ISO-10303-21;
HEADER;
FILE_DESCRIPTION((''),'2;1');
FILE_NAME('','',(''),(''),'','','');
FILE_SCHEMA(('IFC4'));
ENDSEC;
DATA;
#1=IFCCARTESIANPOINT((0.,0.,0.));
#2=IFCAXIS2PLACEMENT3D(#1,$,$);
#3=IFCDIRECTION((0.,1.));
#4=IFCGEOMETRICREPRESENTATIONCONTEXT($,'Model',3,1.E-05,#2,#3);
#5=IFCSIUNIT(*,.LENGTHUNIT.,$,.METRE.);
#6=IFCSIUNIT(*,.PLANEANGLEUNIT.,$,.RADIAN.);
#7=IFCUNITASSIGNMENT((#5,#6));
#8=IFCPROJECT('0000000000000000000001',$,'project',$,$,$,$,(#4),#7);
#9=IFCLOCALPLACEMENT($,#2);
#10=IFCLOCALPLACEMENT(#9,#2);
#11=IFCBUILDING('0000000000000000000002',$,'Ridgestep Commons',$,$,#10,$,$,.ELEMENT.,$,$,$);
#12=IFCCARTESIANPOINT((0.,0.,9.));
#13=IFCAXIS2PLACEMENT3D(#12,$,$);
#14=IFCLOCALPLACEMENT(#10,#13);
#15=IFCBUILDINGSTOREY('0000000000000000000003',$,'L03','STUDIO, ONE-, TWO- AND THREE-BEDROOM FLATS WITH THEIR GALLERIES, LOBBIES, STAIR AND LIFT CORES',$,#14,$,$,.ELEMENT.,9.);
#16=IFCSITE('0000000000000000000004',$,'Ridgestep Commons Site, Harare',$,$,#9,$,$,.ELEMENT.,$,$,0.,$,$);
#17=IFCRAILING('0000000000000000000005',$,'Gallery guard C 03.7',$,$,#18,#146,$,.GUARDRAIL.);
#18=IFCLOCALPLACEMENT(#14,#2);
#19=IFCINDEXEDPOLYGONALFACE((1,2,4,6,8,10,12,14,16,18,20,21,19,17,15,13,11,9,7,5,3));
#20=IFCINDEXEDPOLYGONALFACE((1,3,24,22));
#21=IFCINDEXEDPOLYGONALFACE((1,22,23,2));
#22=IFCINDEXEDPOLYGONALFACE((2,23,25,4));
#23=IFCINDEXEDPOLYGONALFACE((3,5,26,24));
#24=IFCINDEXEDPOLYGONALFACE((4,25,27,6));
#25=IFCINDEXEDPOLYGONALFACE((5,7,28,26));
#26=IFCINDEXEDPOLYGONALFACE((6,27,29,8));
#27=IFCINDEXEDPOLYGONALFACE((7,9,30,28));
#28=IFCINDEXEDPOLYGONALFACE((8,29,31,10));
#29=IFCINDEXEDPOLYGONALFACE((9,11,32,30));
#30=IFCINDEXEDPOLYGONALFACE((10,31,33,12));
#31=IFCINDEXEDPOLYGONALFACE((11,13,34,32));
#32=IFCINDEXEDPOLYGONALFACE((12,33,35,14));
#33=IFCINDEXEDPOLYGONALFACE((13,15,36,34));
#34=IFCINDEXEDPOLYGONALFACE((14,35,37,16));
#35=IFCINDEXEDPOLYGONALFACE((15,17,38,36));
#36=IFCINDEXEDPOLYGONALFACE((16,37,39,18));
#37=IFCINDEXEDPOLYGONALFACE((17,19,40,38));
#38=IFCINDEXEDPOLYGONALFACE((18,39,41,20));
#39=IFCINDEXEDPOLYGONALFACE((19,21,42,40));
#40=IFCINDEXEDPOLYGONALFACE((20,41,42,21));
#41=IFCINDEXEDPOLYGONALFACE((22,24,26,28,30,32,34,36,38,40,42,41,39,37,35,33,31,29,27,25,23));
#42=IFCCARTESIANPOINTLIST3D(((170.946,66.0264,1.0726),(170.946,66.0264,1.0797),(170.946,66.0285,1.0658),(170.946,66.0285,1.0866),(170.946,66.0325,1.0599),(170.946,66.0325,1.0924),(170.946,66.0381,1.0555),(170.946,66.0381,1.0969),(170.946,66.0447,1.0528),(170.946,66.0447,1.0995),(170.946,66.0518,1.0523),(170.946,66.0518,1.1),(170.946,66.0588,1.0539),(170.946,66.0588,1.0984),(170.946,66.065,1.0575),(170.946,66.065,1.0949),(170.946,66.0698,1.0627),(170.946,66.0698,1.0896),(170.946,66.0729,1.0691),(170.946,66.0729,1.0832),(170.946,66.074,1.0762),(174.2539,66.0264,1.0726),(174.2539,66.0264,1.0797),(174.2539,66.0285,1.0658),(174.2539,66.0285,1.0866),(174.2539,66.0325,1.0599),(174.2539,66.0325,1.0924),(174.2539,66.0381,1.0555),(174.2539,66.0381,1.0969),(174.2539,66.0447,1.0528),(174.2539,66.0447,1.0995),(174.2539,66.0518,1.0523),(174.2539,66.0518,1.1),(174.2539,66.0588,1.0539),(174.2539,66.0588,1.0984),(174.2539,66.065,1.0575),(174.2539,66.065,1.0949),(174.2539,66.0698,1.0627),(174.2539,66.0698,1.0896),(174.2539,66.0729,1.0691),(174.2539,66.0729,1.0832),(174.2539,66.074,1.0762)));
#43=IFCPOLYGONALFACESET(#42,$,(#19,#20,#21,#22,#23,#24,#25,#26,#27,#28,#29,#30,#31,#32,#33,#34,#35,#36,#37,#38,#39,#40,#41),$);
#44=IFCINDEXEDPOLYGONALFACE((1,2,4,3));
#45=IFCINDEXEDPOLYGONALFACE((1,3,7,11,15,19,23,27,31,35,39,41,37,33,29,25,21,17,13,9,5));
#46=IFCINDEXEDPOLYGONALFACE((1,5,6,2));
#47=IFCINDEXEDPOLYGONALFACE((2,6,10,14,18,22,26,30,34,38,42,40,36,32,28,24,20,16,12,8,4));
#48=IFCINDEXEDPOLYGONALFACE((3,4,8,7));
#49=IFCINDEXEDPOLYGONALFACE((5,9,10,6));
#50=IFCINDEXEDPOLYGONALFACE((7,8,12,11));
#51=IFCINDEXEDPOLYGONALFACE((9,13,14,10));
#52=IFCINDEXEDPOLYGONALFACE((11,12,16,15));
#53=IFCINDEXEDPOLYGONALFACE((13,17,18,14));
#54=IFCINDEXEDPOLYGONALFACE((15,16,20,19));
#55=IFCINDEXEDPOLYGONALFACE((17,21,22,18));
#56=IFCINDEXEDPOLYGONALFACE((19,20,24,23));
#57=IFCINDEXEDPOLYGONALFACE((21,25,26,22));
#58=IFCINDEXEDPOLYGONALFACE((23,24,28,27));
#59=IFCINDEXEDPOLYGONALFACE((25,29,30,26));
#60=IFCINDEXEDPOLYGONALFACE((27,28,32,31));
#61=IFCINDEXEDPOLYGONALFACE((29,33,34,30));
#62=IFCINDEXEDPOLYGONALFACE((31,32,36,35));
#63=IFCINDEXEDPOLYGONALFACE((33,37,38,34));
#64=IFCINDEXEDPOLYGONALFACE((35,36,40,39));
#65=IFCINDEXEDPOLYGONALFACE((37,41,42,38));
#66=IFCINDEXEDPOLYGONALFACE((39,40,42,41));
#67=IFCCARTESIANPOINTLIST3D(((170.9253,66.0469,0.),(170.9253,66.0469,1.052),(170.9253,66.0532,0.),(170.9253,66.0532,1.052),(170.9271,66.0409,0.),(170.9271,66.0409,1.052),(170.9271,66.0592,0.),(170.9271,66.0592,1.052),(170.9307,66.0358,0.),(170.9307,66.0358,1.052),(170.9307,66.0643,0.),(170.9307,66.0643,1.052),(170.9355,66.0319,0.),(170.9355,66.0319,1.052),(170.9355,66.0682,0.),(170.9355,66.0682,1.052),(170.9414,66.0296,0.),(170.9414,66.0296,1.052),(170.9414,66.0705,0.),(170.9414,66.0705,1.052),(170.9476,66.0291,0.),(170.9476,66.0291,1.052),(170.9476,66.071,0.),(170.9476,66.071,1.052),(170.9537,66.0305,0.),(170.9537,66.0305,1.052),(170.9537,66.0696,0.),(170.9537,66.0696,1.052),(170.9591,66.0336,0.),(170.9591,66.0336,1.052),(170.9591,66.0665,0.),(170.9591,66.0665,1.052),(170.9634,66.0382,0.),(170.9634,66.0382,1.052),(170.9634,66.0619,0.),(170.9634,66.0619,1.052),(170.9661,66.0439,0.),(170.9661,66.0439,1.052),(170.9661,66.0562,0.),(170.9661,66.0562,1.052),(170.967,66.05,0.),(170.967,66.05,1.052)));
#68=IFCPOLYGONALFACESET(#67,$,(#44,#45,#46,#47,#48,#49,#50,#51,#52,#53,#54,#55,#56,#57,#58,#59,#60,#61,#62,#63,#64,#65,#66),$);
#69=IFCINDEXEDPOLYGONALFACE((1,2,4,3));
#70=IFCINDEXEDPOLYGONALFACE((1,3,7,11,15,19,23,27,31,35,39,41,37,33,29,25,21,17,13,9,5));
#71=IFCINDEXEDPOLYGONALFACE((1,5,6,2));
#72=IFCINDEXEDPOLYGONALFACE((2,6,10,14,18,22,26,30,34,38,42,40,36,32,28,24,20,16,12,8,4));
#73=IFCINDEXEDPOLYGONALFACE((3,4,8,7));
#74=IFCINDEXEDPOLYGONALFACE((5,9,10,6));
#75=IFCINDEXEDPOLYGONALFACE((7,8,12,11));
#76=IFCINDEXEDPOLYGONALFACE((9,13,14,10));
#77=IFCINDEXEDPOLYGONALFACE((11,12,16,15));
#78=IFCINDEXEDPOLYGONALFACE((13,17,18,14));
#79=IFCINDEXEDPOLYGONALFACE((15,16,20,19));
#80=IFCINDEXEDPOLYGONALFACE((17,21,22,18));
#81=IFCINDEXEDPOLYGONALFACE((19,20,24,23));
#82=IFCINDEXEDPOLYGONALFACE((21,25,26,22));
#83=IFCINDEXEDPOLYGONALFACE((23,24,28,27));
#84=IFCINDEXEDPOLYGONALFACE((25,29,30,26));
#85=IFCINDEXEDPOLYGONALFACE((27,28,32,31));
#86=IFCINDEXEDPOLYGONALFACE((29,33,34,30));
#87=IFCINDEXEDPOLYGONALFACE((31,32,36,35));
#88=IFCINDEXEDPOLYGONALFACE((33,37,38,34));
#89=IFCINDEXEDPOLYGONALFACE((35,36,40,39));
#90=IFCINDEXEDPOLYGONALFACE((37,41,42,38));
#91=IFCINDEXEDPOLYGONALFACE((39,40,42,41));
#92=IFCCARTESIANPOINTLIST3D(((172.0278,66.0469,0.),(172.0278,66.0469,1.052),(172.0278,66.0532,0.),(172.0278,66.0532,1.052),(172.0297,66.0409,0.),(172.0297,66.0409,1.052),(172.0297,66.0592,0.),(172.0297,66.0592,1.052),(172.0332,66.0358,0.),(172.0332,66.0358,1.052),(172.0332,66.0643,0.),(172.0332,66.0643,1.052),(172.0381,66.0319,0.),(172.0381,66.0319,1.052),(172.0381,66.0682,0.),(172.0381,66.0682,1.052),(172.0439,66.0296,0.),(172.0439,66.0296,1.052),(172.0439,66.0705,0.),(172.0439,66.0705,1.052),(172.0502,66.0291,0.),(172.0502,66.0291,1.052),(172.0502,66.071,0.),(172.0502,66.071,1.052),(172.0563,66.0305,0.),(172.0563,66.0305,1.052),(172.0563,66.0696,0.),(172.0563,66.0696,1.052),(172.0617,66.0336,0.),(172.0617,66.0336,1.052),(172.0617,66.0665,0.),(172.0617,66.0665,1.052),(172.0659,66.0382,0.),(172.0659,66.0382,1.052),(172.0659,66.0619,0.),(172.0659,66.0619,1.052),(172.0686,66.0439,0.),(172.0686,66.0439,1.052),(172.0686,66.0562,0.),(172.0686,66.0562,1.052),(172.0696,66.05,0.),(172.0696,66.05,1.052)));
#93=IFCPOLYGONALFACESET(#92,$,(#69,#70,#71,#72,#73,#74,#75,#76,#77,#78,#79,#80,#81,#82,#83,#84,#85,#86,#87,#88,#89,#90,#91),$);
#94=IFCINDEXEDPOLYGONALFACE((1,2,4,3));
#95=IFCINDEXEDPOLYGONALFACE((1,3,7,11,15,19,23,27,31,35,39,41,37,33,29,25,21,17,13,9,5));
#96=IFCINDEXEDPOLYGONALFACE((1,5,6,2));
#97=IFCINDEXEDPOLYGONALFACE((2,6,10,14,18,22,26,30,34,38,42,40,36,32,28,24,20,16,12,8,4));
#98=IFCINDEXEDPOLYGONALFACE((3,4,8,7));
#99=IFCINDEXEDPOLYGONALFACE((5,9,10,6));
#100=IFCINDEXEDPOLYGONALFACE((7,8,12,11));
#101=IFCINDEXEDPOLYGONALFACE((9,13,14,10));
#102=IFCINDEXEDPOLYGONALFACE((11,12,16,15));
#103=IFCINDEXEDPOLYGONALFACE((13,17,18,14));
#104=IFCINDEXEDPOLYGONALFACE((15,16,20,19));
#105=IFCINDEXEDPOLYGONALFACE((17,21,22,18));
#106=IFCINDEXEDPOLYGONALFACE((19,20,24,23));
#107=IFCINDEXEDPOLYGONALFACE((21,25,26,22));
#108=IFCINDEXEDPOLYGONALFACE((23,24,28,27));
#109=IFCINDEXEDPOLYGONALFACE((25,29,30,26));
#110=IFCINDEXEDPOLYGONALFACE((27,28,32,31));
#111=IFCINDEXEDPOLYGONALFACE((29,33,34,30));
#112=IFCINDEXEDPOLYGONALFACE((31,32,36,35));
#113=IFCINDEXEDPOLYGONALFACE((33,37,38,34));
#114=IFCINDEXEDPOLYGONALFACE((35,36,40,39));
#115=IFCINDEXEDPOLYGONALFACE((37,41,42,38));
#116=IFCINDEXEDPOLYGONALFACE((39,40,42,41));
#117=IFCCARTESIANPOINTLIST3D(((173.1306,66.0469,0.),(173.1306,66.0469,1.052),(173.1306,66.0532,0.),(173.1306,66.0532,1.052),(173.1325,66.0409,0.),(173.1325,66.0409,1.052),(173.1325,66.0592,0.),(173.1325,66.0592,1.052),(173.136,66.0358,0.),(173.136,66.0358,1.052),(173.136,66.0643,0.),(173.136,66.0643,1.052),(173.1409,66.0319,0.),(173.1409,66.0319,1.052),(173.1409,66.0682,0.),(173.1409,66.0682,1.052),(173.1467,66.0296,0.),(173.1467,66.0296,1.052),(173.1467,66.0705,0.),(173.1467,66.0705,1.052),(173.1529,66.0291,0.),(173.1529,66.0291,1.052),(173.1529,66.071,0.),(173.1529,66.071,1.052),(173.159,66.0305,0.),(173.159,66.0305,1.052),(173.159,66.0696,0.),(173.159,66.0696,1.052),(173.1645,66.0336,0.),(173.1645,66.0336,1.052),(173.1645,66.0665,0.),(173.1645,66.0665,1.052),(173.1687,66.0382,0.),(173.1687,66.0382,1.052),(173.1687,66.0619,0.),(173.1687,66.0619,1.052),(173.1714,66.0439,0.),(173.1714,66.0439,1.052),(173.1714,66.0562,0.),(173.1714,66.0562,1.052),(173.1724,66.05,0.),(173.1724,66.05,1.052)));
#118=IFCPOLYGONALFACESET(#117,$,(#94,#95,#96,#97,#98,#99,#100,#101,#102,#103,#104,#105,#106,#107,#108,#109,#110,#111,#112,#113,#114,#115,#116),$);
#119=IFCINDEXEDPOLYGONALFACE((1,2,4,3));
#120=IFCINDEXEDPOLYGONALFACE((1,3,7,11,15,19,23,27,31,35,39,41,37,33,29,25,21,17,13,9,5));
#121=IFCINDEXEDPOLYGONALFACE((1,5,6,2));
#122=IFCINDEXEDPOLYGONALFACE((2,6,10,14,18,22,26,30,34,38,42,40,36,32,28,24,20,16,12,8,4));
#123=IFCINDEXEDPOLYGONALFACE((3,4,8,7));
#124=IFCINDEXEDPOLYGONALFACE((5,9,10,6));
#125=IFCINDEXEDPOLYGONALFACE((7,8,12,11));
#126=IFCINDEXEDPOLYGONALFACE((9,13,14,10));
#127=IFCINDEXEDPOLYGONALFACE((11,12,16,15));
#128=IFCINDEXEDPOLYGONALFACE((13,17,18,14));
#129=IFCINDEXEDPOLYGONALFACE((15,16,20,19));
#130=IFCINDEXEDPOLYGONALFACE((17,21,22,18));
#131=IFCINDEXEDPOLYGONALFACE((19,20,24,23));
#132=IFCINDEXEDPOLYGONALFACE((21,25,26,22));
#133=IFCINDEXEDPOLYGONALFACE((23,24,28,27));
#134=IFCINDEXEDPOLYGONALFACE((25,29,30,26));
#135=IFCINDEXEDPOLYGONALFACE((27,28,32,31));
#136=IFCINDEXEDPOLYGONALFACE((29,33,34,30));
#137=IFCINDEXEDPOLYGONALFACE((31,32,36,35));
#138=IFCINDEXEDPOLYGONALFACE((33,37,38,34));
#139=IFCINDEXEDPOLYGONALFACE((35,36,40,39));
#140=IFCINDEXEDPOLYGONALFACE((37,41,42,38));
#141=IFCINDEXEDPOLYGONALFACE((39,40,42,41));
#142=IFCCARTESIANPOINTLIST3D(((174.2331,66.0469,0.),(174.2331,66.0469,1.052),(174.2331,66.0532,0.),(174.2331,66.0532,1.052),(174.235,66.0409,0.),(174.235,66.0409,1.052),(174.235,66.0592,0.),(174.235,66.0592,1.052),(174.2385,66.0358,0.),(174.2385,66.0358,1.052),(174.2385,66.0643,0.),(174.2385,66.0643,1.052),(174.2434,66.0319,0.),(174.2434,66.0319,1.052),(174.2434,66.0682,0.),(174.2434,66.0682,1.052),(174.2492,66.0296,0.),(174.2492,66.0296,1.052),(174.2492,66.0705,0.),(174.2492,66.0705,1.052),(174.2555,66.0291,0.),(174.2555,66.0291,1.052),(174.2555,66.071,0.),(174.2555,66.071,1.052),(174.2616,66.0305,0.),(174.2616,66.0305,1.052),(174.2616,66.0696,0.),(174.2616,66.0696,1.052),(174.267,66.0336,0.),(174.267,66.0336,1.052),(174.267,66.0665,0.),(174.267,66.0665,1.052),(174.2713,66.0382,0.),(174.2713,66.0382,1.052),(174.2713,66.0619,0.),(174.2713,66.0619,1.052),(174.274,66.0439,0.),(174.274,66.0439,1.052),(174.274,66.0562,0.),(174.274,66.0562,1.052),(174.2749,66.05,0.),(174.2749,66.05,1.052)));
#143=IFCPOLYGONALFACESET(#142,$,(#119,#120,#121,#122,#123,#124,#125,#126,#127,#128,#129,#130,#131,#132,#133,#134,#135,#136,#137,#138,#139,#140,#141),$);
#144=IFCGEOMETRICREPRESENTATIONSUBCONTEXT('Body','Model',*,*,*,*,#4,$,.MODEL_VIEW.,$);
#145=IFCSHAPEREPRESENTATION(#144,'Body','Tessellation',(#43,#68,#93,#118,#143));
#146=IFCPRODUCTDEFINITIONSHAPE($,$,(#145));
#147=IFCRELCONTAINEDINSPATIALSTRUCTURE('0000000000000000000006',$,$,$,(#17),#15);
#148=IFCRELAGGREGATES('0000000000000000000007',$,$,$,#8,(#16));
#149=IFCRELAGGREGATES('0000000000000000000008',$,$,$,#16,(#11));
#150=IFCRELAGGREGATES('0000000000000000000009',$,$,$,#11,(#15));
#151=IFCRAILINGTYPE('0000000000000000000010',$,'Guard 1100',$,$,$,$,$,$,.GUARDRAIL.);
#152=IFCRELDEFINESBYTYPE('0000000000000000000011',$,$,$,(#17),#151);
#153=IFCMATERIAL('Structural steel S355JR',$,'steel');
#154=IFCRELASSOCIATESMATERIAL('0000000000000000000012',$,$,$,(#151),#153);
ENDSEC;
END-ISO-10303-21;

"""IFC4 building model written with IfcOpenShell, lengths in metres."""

from ifc_helpers import new_model, si_unit, direction, frame, origin, origin_2d, place, context, subcontext, project, spatial, circle, extrude, material, type_object, element, save


model = new_model("IFC4")

# Units and contexts
model_context = context("Model", 3, precision=1e-05, world=origin(), true_north=direction((0.0, 1.0)))
body_context = subcontext(model_context, "Body", "Model", "MODEL_VIEW")
ifc_project = project(units=[si_unit("LENGTHUNIT", "METRE"), si_unit("PLANEANGLEUNIT", "RADIAN")], contexts=[model_context])

# Site, building, storey
site_placement = place(None, origin())
site = spatial("IfcSite", under=ifc_project, at=site_placement, Name="Ridgestep Commons Site, Harare", CompositionType="ELEMENT", RefElevation=0.0)
building_placement = place(site_placement, origin())
building = spatial("IfcBuilding", under=site, at=building_placement, Name="Ridgestep Commons", CompositionType="ELEMENT")
storey_placement = place(building_placement, frame((0.0, 0.0, 9.0)))
storey = spatial("IfcBuildingStorey", under=building, at=storey_placement, Name="L03", Description="STUDIO, ONE-, TWO- AND THREE-BEDROOM FLATS WITH THEIR GALLERIES, LOBBIES, STAIR AND LIFT CORES", CompositionType="ELEMENT", Elevation=9.0)

# Railing
ifc_material_1 = material(Name="Structural steel S355JR", Category="steel")
railing_type = type_object("IfcRailingType", Name="Guard 1100", PredefinedType="GUARDRAIL", material=ifc_material_1)
railing_1_placement = place(storey_placement, frame((170.946, 66.05, 0.0)))
element("IfcRailing", 1, at=railing_1_placement, inside=storey, type_object=railing_type, Name="Gallery guard C 03.7", PredefinedType="GUARDRAIL", context=body_context, shape_type="SweptSolid", body=[
    extrude(circle(Radius=0.0239, at=origin_2d()), frame((0.0, 0.0, 1.0762), z_axis=(1.0, 0.0, 0.0), x_axis=(0.0, 1.0, 0.0)), (0.0, 0.0, 1.0), 3.3079),
    extrude(circle(Radius=0.021, at=origin_2d()), origin(), (0.0, 0.0, 1.0), 1.052),
    extrude(circle(Radius=0.021, at=origin_2d()), frame((1.1025, 0.0, 0.0)), (0.0, 0.0, 1.0), 1.052),
    extrude(circle(Radius=0.021, at=origin_2d()), frame((2.2053, 0.0, 0.0)), (0.0, 0.0, 1.0), 1.052),
    extrude(circle(Radius=0.021, at=origin_2d()), frame((3.3079, 0.0, 0.0)), (0.0, 0.0, 1.0), 1.052),
])

save(model, "model.ifc")
